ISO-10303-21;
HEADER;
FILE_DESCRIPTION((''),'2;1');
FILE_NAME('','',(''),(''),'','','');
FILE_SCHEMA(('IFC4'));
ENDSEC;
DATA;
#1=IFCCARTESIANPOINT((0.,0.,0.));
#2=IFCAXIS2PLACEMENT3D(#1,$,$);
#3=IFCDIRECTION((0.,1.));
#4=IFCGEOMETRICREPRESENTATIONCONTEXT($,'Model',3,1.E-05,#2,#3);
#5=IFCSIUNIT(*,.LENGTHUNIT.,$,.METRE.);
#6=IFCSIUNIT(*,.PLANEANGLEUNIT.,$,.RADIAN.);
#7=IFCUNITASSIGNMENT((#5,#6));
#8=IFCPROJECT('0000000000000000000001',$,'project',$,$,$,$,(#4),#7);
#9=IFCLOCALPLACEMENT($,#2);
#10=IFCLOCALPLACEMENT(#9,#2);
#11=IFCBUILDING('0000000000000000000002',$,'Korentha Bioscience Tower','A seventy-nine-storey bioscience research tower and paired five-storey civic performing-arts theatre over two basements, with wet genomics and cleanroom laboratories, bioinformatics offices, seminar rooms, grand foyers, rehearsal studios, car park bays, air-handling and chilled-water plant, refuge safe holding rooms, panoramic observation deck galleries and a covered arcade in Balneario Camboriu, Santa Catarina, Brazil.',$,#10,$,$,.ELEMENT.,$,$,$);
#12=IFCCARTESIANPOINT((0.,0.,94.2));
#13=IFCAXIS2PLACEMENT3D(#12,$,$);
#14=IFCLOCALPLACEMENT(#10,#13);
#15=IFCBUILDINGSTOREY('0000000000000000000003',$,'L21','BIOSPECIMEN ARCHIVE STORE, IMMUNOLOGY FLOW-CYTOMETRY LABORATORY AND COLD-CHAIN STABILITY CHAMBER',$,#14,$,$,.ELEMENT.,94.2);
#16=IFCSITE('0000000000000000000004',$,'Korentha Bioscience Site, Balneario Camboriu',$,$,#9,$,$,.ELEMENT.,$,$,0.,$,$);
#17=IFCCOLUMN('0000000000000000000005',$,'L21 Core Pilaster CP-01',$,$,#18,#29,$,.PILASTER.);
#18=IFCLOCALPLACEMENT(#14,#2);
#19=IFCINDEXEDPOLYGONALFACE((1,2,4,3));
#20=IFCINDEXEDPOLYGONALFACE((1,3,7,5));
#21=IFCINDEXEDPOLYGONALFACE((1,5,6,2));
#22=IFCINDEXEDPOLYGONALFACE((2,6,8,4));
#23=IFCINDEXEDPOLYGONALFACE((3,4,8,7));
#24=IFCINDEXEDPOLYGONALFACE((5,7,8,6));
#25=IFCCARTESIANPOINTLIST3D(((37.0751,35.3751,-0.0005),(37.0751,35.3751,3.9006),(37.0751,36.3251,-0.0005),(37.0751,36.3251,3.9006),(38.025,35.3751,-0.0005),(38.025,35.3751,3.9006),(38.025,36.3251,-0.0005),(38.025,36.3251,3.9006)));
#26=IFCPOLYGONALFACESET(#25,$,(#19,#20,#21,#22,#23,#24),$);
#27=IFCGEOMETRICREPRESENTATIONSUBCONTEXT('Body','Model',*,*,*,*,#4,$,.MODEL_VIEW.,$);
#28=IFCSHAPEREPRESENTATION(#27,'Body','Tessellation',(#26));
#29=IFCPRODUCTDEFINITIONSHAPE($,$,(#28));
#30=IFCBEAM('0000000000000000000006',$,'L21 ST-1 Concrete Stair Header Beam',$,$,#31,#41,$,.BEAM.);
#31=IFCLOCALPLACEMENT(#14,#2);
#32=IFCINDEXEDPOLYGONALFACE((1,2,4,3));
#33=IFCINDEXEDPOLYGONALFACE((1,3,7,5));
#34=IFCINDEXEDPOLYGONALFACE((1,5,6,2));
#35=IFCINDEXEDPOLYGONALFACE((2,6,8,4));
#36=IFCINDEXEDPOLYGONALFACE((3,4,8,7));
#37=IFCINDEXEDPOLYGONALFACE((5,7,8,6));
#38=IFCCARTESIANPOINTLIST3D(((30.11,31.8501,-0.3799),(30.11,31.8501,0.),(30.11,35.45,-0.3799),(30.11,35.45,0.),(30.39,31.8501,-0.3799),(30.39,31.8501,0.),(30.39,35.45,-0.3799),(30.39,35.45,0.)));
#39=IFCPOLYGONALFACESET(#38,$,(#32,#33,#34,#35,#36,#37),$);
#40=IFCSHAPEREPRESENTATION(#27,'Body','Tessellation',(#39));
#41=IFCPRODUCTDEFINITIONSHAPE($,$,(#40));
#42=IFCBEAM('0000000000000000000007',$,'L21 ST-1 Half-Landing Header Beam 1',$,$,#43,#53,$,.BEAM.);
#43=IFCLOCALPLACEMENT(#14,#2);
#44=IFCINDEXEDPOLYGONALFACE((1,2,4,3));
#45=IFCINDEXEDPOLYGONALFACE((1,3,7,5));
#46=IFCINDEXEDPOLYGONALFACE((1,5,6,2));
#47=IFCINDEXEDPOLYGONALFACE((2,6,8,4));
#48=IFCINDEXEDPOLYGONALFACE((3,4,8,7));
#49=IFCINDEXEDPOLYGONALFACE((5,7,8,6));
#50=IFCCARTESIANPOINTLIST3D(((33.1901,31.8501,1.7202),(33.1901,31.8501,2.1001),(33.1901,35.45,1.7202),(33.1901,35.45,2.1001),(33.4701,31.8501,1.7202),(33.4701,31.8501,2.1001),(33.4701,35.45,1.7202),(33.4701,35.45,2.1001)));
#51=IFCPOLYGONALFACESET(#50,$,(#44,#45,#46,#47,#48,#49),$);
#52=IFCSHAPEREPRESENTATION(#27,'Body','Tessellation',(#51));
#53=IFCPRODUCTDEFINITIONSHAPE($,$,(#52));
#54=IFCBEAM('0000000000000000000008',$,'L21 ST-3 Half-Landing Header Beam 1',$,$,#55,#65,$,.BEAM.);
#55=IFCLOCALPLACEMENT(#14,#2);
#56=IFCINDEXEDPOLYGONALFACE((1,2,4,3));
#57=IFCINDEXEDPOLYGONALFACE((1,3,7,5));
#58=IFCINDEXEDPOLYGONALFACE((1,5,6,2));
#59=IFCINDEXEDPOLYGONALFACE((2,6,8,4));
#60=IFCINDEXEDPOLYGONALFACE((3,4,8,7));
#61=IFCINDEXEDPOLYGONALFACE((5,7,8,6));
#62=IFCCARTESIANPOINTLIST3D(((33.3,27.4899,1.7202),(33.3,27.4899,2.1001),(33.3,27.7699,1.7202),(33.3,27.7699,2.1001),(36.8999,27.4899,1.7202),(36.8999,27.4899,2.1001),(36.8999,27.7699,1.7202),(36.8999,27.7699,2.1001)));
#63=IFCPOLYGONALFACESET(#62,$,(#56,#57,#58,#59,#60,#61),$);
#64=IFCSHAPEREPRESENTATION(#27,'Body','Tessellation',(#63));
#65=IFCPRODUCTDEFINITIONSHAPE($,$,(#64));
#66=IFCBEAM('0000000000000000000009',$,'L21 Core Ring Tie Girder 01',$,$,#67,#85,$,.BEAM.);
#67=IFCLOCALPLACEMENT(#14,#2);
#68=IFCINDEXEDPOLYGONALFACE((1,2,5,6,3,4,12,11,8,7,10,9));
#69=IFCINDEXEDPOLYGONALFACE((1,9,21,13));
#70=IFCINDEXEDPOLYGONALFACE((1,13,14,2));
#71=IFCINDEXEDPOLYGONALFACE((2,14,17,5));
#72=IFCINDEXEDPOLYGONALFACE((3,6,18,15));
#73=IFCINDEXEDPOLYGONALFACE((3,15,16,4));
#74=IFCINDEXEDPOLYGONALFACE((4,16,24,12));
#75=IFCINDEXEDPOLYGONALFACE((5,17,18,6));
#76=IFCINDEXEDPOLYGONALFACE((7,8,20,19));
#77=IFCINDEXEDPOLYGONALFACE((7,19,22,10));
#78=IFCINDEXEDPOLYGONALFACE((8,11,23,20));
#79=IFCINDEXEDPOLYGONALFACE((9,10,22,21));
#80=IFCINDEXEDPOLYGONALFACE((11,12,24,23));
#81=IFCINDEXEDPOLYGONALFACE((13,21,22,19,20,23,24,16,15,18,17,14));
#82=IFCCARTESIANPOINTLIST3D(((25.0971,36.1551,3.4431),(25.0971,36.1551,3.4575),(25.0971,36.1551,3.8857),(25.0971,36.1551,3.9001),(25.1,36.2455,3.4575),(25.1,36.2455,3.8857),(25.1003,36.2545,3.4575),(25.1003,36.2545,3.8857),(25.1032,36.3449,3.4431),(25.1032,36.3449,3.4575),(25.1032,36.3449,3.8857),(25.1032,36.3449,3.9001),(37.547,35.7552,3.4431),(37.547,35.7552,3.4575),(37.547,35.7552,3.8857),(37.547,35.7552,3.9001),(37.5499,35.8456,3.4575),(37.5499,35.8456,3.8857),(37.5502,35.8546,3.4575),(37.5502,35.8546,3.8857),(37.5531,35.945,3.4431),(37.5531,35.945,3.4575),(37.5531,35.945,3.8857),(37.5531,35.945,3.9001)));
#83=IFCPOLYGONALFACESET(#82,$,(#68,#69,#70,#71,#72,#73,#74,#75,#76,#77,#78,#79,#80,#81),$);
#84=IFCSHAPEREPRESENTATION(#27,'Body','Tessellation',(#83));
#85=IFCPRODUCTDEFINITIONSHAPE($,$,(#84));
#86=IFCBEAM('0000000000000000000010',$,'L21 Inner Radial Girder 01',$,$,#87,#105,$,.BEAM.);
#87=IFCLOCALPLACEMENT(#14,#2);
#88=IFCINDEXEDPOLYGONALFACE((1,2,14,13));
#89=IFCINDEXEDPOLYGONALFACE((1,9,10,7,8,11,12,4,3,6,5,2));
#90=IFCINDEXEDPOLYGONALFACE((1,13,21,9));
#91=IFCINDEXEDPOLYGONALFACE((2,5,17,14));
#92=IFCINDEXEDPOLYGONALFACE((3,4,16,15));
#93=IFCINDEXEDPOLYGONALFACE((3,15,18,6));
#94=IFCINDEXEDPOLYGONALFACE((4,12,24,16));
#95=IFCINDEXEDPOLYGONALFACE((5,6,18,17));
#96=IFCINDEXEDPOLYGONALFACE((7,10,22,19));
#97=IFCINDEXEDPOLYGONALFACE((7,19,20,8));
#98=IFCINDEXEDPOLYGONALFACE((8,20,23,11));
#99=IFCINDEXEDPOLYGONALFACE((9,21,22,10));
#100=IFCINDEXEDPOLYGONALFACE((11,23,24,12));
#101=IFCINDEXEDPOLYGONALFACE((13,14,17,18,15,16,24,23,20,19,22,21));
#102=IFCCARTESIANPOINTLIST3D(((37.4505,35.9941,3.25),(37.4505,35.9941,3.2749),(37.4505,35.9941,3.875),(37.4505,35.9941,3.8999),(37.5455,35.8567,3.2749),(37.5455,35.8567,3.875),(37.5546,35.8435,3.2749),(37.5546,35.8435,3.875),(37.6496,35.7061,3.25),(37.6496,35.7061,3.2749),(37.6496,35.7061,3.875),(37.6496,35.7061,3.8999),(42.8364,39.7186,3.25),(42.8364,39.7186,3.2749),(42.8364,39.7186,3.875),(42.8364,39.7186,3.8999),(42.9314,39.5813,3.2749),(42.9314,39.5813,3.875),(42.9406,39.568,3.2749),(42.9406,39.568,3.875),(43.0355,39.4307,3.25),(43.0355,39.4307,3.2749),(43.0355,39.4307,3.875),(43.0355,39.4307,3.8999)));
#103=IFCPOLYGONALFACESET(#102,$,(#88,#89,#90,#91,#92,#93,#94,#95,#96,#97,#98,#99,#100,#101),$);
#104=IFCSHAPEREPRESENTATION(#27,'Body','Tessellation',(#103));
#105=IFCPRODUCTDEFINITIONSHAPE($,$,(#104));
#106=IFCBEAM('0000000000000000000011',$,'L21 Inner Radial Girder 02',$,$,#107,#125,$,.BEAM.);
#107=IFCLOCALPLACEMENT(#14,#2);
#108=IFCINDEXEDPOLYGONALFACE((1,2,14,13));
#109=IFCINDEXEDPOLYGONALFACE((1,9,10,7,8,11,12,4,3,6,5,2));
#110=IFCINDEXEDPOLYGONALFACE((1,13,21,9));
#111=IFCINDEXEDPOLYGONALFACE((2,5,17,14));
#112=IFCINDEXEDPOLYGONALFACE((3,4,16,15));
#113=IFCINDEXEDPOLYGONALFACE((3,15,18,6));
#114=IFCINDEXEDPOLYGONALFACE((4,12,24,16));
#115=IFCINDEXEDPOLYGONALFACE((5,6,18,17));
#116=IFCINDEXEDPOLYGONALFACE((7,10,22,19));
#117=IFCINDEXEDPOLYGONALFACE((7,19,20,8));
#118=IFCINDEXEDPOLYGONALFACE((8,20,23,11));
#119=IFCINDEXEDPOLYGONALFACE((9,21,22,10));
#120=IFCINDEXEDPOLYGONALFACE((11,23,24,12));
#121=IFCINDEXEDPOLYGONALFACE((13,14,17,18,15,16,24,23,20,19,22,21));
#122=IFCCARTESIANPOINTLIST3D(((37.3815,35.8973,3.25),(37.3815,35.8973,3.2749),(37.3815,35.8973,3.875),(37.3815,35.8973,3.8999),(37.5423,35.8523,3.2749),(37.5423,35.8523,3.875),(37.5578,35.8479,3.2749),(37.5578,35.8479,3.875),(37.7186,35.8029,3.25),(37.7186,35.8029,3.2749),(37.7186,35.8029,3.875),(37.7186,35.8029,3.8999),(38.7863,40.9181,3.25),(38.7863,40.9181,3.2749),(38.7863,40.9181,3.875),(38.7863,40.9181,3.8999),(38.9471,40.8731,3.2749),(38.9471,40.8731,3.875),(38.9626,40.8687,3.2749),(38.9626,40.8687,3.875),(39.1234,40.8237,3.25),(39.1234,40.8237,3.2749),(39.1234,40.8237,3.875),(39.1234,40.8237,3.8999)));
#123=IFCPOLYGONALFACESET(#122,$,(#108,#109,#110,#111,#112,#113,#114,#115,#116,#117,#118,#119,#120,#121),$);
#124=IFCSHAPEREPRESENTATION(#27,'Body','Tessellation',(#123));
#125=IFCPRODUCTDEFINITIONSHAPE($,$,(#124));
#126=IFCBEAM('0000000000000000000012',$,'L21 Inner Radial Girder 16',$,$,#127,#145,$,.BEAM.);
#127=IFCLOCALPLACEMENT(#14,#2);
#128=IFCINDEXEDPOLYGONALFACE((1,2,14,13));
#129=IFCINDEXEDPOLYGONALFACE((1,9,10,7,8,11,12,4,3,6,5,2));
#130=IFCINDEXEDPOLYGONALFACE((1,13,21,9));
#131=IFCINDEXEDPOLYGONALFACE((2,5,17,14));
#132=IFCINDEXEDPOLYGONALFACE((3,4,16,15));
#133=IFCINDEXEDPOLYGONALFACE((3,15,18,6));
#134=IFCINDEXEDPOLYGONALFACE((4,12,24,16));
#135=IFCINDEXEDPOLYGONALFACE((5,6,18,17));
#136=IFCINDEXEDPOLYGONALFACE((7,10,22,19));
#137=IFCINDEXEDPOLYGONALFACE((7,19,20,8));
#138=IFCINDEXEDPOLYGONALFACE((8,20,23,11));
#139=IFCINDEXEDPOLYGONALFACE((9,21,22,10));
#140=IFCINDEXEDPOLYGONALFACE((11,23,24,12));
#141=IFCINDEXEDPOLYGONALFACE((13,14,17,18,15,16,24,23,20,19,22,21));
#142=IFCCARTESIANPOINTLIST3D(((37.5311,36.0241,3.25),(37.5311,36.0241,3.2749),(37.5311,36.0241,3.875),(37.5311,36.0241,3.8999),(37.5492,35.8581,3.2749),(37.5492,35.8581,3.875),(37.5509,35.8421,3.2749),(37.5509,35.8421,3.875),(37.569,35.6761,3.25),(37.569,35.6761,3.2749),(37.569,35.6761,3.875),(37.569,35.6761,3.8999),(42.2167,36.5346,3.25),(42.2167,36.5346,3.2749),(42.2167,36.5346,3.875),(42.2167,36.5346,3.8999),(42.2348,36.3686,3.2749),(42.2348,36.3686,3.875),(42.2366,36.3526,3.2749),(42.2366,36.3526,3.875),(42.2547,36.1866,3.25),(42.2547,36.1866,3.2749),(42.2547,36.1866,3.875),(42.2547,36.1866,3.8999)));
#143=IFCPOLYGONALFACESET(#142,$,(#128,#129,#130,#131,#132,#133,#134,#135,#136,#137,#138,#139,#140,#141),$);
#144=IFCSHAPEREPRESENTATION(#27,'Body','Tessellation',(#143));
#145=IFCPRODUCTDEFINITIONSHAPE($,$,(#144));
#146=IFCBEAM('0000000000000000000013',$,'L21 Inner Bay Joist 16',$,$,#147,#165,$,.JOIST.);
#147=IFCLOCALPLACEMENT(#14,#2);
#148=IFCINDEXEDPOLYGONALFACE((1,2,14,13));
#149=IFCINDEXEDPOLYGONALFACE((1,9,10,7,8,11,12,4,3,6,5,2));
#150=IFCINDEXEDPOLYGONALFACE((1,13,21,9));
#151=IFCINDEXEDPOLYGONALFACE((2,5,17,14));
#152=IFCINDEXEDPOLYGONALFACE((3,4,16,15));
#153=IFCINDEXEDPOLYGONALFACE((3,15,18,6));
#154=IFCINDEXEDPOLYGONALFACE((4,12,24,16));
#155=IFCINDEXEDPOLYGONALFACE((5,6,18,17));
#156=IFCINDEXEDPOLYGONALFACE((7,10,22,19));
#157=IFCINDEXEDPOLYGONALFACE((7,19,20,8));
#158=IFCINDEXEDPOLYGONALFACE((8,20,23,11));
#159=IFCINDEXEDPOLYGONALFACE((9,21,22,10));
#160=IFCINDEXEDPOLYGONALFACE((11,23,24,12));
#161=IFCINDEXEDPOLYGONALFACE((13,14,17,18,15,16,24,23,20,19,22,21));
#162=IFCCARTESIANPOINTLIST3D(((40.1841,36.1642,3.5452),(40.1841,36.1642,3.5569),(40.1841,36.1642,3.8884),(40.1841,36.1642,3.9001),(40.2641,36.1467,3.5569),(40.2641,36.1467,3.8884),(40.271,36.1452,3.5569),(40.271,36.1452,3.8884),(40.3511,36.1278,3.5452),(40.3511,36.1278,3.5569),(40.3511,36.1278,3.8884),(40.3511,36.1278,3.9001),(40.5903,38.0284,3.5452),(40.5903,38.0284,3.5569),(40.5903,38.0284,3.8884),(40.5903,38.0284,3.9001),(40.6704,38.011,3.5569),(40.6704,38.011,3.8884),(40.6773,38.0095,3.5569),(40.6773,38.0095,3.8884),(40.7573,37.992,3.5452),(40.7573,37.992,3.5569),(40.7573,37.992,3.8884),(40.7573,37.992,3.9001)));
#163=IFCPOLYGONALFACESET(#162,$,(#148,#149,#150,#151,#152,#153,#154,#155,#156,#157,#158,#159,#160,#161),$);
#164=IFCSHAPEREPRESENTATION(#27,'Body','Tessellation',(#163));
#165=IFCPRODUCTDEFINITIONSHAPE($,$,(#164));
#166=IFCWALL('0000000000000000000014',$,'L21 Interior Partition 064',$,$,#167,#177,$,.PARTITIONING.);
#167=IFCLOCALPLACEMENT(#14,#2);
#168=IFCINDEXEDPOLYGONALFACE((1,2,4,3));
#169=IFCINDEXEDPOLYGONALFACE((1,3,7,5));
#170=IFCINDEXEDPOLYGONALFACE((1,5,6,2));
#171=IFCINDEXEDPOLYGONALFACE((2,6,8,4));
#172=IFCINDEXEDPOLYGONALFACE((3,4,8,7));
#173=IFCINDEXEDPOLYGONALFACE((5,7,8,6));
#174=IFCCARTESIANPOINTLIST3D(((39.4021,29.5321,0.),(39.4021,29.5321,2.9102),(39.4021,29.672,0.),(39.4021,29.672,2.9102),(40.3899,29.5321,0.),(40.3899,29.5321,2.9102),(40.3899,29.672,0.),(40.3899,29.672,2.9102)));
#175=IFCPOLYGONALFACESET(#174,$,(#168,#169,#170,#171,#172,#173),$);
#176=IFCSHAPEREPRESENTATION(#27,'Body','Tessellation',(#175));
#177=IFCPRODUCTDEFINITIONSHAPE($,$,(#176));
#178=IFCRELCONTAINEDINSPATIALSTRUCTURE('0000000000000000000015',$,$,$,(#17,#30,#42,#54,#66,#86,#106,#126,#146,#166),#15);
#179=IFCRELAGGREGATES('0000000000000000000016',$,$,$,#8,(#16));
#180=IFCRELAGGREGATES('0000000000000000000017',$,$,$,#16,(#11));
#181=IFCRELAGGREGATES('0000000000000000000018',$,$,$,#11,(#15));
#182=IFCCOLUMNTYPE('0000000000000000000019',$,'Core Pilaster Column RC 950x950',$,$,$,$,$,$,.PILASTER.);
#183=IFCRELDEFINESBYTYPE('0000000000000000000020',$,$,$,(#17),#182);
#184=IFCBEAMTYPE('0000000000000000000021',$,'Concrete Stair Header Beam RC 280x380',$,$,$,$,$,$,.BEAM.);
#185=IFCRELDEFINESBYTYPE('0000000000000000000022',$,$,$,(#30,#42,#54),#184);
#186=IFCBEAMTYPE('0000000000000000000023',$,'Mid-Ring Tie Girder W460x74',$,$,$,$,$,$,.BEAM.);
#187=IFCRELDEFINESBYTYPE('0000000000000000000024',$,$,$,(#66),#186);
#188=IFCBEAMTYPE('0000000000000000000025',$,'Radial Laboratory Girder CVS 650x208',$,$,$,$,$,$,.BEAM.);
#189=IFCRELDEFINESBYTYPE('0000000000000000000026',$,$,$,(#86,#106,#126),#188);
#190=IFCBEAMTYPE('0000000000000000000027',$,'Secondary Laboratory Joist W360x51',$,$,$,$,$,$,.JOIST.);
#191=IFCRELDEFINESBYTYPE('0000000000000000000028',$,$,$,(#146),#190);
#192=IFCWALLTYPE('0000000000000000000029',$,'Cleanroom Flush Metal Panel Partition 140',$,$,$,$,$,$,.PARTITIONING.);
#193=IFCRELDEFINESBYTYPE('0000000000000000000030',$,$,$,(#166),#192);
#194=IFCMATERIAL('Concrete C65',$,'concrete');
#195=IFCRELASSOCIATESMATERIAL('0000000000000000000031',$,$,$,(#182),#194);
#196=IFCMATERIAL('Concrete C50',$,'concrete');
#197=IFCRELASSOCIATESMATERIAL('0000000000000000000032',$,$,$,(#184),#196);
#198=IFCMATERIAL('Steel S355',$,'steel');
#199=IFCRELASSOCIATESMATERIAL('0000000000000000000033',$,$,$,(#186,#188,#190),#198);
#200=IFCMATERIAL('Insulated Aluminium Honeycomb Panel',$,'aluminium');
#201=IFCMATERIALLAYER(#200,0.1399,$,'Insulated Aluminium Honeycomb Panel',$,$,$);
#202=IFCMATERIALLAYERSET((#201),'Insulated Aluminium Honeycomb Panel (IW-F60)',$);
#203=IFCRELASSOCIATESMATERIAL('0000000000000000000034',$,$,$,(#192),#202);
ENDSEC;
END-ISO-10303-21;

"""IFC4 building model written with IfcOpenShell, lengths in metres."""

from ifc_helpers import new_model, si_unit, direction, frame, frame_2d, origin, origin_2d, place, context, subcontext, project, spatial, rectangle, i_section, extrude, material, layer, layer_set, material_profile, profile_set, type_object, element, save


model = new_model("IFC4")

# Units and contexts
model_context = context("Model", 3, precision=1e-05, world=origin(), true_north=direction((0.0, 1.0)))
body_context = subcontext(model_context, "Body", "Model", "MODEL_VIEW")
ifc_project = project(units=[si_unit("LENGTHUNIT", "METRE"), si_unit("PLANEANGLEUNIT", "RADIAN")], contexts=[model_context])

# Site, building, storey
site_placement = place(None, origin())
site = spatial("IfcSite", under=ifc_project, at=site_placement, Name="Korentha Bioscience Site, Balneario Camboriu", CompositionType="ELEMENT", RefElevation=0.0)
building_placement = place(site_placement, origin())
building = spatial("IfcBuilding", under=site, at=building_placement, Name="Korentha Bioscience Tower", Description="A seventy-nine-storey bioscience research tower and paired five-storey civic performing-arts theatre over two basements, with wet genomics and cleanroom laboratories, bioinformatics offices, seminar rooms, grand foyers, rehearsal studios, car park bays, air-handling and chilled-water plant, refuge safe holding rooms, panoramic observation deck galleries and a covered arcade in Balneario Camboriu, Santa Catarina, Brazil.", CompositionType="ELEMENT")
storey_placement = place(building_placement, frame((0.0, 0.0, 94.2)))
storey = spatial("IfcBuildingStorey", under=building, at=storey_placement, Name="L21", Description="BIOSPECIMEN ARCHIVE STORE, IMMUNOLOGY FLOW-CYTOMETRY LABORATORY AND COLD-CHAIN STABILITY CHAMBER", CompositionType="ELEMENT", Elevation=94.2)

# Column
ifc_material_1 = material(Name="Concrete C65", Category="concrete")
ifc_material_profile_1 = material_profile(ifc_material_1, rectangle(XDim=0.95, YDim=0.95, at=origin_2d()), Name="Concrete C65")
ifc_profile_set_1 = profile_set([ifc_material_profile_1], Name="Concrete C65 (COL-CP09)")
column_type = type_object("IfcColumnType", Name="Core Pilaster Column RC 950x950", PredefinedType="PILASTER", material=ifc_profile_set_1)
column_placement = place(storey_placement, frame((37.55, 35.8501, -0.0005), z_axis=(0.0, 0.0, 1.0), x_axis=(1.0, 0.0, 0.0)))
element("IfcColumn", 1, at=column_placement, inside=storey, type_object=column_type, Name="L21 Core Pilaster CP-01", PredefinedType="PILASTER", context=body_context, shape_type="SweptSolid", body=[
    extrude(rectangle(XDim=0.95, YDim=0.95, at=origin_2d()), origin(), (0.0, 0.0, 1.0), 3.9011),
])

# Beams
ifc_material_2 = material(Name="Concrete C50", Category="concrete")
ifc_material_profile_2 = material_profile(ifc_material_2, rectangle(XDim=0.28, YDim=0.3799, at=origin_2d()), Name="Concrete C50")
ifc_profile_set_2 = profile_set([ifc_material_profile_2], Name="Concrete C50 (ST-HB380)")
beam_type_1 = type_object("IfcBeamType", Name="Concrete Stair Header Beam RC 280x380", PredefinedType="BEAM", material=ifc_profile_set_2)
for number, where, z_axis, x_axis, name in (
    (2, (30.25, 31.8501, -0.1899), (0.0, 1.0, 0.0), (-1.0, 0.0, 0.0), "L21 ST-1 Concrete Stair Header Beam"),
    (3, (33.3301, 31.8501, 1.9102), (0.0, 1.0, 0.0), (-1.0, 0.0, 0.0), "L21 ST-1 Half-Landing Header Beam 1"),
    (4, (36.8999, 27.6299, 1.9102), (-1.0, 0.0, 0.0), (0.0, -1.0, 0.0), "L21 ST-3 Half-Landing Header Beam 1"),
):
    element("IfcBeam", number, at=place(storey_placement, frame(where, z_axis=z_axis, x_axis=x_axis)), inside=storey, type_object=beam_type_1, Name=name, PredefinedType="BEAM", context=body_context, shape_type="SweptSolid", body=[
        extrude(rectangle(XDim=0.28, YDim=0.3799, at=origin_2d()), origin(), (0.0, 0.0, 1.0), 3.5999),
    ])
ifc_material_3 = material(Name="Steel S355", Category="steel")
ifc_material_profile_3 = material_profile(ifc_material_3, i_section(OverallWidth=0.1899, OverallDepth=0.457, WebThickness=0.009, FlangeThickness=0.0144, at=origin_2d()), Name="Steel S355")
ifc_profile_set_3 = profile_set([ifc_material_profile_3], Name="Steel S355 (MB-460)")
beam_type_2 = type_object("IfcBeamType", Name="Mid-Ring Tie Girder W460x74", PredefinedType="BEAM", material=ifc_profile_set_3)
beam_1_placement = place(storey_placement, frame((37.55, 35.8501, 3.6716), z_axis=(-0.999485, 0.032104, 0.0), x_axis=(-0.032104, -0.999485, 0.0)))
element("IfcBeam", 5, at=beam_1_placement, inside=storey, type_object=beam_type_2, Name="L21 Core Ring Tie Girder 01", PredefinedType="BEAM", context=body_context, shape_type="SweptSolid", body=[
    extrude(i_section(OverallWidth=0.1899, OverallDepth=0.457, WebThickness=0.009, FlangeThickness=0.0144, at=origin_2d()), origin(), (0.0, 0.0, 1.0), 12.4563),
])
ifc_material_profile_4 = material_profile(ifc_material_3, i_section(OverallWidth=0.3501, OverallDepth=0.6499, WebThickness=0.0161, FlangeThickness=0.0249, at=origin_2d()), Name="Steel S355")
ifc_profile_set_4 = profile_set([ifc_material_profile_4], Name="Steel S355 (RB-650)")
beam_type_3 = type_object("IfcBeamType", Name="Radial Laboratory Girder CVS 650x208", PredefinedType="BEAM", material=ifc_profile_set_4)
beam_2_placement = place(storey_placement, frame((37.55, 35.8501, 3.575), z_axis=(0.822489, 0.568781, 0.0), x_axis=(-0.568781, 0.822489, 0.0)))
element("IfcBeam", 6, at=beam_2_placement, inside=storey, type_object=beam_type_3, Name="L21 Inner Radial Girder 01", PredefinedType="BEAM", context=body_context, shape_type="SweptSolid", body=[
    extrude(i_section(OverallWidth=0.3501, OverallDepth=0.6499, WebThickness=0.0161, FlangeThickness=0.0249, at=origin_2d()), origin(), (0.0, 0.0, 1.0), 6.5483),
])
beam_3_placement = place(storey_placement, frame((37.55, 35.8501, 3.575), z_axis=(0.269448, 0.963015, 0.0), x_axis=(-0.963015, 0.269448, 0.0)))
element("IfcBeam", 7, at=beam_3_placement, inside=storey, type_object=beam_type_3, Name="L21 Inner Radial Girder 02", PredefinedType="BEAM", context=body_context, shape_type="SweptSolid", body=[
    extrude(i_section(OverallWidth=0.3501, OverallDepth=0.6499, WebThickness=0.0161, FlangeThickness=0.0249, at=origin_2d()), origin(), (0.0, 0.0, 1.0), 5.2136),
])
beam_4_placement = place(storey_placement, frame((37.55, 35.8501, 3.575), z_axis=(0.994117, 0.108311, 0.0), x_axis=(-0.108311, 0.994117, 0.0)))
element("IfcBeam", 8, at=beam_4_placement, inside=storey, type_object=beam_type_3, Name="L21 Inner Radial Girder 16", PredefinedType="BEAM", context=body_context, shape_type="SweptSolid", body=[
    extrude(i_section(OverallWidth=0.3501, OverallDepth=0.6499, WebThickness=0.0161, FlangeThickness=0.0249, at=origin_2d()), origin(), (0.0, 0.0, 1.0), 4.7134),
])
ifc_material_profile_5 = material_profile(ifc_material_3, i_section(OverallWidth=0.1709, OverallDepth=0.355, WebThickness=0.0071, FlangeThickness=0.0117, at=origin_2d()), Name="Steel S355")
ifc_profile_set_5 = profile_set([ifc_material_profile_5], Name="Steel S355 (JB-360)")
beam_type_4 = type_object("IfcBeamType", Name="Secondary Laboratory Joist W360x51", PredefinedType="JOIST", material=ifc_profile_set_5)
beam_5_placement = place(storey_placement, frame((40.2676, 36.146, 3.7227), z_axis=(0.212918, 0.97707, 0.0), x_axis=(-0.97707, 0.212918, 0.0)))
element("IfcBeam", 9, at=beam_5_placement, inside=storey, type_object=beam_type_4, Name="L21 Inner Bay Joist 16", PredefinedType="JOIST", context=body_context, shape_type="SweptSolid", body=[
    extrude(i_section(OverallWidth=0.1709, OverallDepth=0.355, WebThickness=0.0071, FlangeThickness=0.0117, at=origin_2d()), origin(), (0.0, 0.0, 1.0), 1.908),
])

# Wall
ifc_material_4 = material(Name="Insulated Aluminium Honeycomb Panel", Category="aluminium")
ifc_layer_1 = layer(ifc_material_4, 0.1399, Name="Insulated Aluminium Honeycomb Panel")
ifc_layer_set_1 = layer_set([ifc_layer_1], Name="Insulated Aluminium Honeycomb Panel (IW-F60)")
wall_type_1 = type_object("IfcWallType", Name="Cleanroom Flush Metal Panel Partition 140", PredefinedType="PARTITIONING", material=ifc_layer_set_1)
wall_1_placement = place(storey_placement, frame((40.3899, 29.6021, 0.0), z_axis=(0.0, 0.0, 1.0), x_axis=(-1.0, 0.0, 0.0)))
element("IfcWall", 10, at=wall_1_placement, inside=storey, type_object=wall_type_1, Name="L21 Interior Partition 064", PredefinedType="PARTITIONING", context=body_context, shape_type="SweptSolid", body=[
    extrude(rectangle(XDim=0.9878, YDim=0.1399, at=frame_2d((0.4939, 0.0))), origin(), (0.0, 0.0, 1.0), 2.9102),
])

save(model, "model.ifc")
